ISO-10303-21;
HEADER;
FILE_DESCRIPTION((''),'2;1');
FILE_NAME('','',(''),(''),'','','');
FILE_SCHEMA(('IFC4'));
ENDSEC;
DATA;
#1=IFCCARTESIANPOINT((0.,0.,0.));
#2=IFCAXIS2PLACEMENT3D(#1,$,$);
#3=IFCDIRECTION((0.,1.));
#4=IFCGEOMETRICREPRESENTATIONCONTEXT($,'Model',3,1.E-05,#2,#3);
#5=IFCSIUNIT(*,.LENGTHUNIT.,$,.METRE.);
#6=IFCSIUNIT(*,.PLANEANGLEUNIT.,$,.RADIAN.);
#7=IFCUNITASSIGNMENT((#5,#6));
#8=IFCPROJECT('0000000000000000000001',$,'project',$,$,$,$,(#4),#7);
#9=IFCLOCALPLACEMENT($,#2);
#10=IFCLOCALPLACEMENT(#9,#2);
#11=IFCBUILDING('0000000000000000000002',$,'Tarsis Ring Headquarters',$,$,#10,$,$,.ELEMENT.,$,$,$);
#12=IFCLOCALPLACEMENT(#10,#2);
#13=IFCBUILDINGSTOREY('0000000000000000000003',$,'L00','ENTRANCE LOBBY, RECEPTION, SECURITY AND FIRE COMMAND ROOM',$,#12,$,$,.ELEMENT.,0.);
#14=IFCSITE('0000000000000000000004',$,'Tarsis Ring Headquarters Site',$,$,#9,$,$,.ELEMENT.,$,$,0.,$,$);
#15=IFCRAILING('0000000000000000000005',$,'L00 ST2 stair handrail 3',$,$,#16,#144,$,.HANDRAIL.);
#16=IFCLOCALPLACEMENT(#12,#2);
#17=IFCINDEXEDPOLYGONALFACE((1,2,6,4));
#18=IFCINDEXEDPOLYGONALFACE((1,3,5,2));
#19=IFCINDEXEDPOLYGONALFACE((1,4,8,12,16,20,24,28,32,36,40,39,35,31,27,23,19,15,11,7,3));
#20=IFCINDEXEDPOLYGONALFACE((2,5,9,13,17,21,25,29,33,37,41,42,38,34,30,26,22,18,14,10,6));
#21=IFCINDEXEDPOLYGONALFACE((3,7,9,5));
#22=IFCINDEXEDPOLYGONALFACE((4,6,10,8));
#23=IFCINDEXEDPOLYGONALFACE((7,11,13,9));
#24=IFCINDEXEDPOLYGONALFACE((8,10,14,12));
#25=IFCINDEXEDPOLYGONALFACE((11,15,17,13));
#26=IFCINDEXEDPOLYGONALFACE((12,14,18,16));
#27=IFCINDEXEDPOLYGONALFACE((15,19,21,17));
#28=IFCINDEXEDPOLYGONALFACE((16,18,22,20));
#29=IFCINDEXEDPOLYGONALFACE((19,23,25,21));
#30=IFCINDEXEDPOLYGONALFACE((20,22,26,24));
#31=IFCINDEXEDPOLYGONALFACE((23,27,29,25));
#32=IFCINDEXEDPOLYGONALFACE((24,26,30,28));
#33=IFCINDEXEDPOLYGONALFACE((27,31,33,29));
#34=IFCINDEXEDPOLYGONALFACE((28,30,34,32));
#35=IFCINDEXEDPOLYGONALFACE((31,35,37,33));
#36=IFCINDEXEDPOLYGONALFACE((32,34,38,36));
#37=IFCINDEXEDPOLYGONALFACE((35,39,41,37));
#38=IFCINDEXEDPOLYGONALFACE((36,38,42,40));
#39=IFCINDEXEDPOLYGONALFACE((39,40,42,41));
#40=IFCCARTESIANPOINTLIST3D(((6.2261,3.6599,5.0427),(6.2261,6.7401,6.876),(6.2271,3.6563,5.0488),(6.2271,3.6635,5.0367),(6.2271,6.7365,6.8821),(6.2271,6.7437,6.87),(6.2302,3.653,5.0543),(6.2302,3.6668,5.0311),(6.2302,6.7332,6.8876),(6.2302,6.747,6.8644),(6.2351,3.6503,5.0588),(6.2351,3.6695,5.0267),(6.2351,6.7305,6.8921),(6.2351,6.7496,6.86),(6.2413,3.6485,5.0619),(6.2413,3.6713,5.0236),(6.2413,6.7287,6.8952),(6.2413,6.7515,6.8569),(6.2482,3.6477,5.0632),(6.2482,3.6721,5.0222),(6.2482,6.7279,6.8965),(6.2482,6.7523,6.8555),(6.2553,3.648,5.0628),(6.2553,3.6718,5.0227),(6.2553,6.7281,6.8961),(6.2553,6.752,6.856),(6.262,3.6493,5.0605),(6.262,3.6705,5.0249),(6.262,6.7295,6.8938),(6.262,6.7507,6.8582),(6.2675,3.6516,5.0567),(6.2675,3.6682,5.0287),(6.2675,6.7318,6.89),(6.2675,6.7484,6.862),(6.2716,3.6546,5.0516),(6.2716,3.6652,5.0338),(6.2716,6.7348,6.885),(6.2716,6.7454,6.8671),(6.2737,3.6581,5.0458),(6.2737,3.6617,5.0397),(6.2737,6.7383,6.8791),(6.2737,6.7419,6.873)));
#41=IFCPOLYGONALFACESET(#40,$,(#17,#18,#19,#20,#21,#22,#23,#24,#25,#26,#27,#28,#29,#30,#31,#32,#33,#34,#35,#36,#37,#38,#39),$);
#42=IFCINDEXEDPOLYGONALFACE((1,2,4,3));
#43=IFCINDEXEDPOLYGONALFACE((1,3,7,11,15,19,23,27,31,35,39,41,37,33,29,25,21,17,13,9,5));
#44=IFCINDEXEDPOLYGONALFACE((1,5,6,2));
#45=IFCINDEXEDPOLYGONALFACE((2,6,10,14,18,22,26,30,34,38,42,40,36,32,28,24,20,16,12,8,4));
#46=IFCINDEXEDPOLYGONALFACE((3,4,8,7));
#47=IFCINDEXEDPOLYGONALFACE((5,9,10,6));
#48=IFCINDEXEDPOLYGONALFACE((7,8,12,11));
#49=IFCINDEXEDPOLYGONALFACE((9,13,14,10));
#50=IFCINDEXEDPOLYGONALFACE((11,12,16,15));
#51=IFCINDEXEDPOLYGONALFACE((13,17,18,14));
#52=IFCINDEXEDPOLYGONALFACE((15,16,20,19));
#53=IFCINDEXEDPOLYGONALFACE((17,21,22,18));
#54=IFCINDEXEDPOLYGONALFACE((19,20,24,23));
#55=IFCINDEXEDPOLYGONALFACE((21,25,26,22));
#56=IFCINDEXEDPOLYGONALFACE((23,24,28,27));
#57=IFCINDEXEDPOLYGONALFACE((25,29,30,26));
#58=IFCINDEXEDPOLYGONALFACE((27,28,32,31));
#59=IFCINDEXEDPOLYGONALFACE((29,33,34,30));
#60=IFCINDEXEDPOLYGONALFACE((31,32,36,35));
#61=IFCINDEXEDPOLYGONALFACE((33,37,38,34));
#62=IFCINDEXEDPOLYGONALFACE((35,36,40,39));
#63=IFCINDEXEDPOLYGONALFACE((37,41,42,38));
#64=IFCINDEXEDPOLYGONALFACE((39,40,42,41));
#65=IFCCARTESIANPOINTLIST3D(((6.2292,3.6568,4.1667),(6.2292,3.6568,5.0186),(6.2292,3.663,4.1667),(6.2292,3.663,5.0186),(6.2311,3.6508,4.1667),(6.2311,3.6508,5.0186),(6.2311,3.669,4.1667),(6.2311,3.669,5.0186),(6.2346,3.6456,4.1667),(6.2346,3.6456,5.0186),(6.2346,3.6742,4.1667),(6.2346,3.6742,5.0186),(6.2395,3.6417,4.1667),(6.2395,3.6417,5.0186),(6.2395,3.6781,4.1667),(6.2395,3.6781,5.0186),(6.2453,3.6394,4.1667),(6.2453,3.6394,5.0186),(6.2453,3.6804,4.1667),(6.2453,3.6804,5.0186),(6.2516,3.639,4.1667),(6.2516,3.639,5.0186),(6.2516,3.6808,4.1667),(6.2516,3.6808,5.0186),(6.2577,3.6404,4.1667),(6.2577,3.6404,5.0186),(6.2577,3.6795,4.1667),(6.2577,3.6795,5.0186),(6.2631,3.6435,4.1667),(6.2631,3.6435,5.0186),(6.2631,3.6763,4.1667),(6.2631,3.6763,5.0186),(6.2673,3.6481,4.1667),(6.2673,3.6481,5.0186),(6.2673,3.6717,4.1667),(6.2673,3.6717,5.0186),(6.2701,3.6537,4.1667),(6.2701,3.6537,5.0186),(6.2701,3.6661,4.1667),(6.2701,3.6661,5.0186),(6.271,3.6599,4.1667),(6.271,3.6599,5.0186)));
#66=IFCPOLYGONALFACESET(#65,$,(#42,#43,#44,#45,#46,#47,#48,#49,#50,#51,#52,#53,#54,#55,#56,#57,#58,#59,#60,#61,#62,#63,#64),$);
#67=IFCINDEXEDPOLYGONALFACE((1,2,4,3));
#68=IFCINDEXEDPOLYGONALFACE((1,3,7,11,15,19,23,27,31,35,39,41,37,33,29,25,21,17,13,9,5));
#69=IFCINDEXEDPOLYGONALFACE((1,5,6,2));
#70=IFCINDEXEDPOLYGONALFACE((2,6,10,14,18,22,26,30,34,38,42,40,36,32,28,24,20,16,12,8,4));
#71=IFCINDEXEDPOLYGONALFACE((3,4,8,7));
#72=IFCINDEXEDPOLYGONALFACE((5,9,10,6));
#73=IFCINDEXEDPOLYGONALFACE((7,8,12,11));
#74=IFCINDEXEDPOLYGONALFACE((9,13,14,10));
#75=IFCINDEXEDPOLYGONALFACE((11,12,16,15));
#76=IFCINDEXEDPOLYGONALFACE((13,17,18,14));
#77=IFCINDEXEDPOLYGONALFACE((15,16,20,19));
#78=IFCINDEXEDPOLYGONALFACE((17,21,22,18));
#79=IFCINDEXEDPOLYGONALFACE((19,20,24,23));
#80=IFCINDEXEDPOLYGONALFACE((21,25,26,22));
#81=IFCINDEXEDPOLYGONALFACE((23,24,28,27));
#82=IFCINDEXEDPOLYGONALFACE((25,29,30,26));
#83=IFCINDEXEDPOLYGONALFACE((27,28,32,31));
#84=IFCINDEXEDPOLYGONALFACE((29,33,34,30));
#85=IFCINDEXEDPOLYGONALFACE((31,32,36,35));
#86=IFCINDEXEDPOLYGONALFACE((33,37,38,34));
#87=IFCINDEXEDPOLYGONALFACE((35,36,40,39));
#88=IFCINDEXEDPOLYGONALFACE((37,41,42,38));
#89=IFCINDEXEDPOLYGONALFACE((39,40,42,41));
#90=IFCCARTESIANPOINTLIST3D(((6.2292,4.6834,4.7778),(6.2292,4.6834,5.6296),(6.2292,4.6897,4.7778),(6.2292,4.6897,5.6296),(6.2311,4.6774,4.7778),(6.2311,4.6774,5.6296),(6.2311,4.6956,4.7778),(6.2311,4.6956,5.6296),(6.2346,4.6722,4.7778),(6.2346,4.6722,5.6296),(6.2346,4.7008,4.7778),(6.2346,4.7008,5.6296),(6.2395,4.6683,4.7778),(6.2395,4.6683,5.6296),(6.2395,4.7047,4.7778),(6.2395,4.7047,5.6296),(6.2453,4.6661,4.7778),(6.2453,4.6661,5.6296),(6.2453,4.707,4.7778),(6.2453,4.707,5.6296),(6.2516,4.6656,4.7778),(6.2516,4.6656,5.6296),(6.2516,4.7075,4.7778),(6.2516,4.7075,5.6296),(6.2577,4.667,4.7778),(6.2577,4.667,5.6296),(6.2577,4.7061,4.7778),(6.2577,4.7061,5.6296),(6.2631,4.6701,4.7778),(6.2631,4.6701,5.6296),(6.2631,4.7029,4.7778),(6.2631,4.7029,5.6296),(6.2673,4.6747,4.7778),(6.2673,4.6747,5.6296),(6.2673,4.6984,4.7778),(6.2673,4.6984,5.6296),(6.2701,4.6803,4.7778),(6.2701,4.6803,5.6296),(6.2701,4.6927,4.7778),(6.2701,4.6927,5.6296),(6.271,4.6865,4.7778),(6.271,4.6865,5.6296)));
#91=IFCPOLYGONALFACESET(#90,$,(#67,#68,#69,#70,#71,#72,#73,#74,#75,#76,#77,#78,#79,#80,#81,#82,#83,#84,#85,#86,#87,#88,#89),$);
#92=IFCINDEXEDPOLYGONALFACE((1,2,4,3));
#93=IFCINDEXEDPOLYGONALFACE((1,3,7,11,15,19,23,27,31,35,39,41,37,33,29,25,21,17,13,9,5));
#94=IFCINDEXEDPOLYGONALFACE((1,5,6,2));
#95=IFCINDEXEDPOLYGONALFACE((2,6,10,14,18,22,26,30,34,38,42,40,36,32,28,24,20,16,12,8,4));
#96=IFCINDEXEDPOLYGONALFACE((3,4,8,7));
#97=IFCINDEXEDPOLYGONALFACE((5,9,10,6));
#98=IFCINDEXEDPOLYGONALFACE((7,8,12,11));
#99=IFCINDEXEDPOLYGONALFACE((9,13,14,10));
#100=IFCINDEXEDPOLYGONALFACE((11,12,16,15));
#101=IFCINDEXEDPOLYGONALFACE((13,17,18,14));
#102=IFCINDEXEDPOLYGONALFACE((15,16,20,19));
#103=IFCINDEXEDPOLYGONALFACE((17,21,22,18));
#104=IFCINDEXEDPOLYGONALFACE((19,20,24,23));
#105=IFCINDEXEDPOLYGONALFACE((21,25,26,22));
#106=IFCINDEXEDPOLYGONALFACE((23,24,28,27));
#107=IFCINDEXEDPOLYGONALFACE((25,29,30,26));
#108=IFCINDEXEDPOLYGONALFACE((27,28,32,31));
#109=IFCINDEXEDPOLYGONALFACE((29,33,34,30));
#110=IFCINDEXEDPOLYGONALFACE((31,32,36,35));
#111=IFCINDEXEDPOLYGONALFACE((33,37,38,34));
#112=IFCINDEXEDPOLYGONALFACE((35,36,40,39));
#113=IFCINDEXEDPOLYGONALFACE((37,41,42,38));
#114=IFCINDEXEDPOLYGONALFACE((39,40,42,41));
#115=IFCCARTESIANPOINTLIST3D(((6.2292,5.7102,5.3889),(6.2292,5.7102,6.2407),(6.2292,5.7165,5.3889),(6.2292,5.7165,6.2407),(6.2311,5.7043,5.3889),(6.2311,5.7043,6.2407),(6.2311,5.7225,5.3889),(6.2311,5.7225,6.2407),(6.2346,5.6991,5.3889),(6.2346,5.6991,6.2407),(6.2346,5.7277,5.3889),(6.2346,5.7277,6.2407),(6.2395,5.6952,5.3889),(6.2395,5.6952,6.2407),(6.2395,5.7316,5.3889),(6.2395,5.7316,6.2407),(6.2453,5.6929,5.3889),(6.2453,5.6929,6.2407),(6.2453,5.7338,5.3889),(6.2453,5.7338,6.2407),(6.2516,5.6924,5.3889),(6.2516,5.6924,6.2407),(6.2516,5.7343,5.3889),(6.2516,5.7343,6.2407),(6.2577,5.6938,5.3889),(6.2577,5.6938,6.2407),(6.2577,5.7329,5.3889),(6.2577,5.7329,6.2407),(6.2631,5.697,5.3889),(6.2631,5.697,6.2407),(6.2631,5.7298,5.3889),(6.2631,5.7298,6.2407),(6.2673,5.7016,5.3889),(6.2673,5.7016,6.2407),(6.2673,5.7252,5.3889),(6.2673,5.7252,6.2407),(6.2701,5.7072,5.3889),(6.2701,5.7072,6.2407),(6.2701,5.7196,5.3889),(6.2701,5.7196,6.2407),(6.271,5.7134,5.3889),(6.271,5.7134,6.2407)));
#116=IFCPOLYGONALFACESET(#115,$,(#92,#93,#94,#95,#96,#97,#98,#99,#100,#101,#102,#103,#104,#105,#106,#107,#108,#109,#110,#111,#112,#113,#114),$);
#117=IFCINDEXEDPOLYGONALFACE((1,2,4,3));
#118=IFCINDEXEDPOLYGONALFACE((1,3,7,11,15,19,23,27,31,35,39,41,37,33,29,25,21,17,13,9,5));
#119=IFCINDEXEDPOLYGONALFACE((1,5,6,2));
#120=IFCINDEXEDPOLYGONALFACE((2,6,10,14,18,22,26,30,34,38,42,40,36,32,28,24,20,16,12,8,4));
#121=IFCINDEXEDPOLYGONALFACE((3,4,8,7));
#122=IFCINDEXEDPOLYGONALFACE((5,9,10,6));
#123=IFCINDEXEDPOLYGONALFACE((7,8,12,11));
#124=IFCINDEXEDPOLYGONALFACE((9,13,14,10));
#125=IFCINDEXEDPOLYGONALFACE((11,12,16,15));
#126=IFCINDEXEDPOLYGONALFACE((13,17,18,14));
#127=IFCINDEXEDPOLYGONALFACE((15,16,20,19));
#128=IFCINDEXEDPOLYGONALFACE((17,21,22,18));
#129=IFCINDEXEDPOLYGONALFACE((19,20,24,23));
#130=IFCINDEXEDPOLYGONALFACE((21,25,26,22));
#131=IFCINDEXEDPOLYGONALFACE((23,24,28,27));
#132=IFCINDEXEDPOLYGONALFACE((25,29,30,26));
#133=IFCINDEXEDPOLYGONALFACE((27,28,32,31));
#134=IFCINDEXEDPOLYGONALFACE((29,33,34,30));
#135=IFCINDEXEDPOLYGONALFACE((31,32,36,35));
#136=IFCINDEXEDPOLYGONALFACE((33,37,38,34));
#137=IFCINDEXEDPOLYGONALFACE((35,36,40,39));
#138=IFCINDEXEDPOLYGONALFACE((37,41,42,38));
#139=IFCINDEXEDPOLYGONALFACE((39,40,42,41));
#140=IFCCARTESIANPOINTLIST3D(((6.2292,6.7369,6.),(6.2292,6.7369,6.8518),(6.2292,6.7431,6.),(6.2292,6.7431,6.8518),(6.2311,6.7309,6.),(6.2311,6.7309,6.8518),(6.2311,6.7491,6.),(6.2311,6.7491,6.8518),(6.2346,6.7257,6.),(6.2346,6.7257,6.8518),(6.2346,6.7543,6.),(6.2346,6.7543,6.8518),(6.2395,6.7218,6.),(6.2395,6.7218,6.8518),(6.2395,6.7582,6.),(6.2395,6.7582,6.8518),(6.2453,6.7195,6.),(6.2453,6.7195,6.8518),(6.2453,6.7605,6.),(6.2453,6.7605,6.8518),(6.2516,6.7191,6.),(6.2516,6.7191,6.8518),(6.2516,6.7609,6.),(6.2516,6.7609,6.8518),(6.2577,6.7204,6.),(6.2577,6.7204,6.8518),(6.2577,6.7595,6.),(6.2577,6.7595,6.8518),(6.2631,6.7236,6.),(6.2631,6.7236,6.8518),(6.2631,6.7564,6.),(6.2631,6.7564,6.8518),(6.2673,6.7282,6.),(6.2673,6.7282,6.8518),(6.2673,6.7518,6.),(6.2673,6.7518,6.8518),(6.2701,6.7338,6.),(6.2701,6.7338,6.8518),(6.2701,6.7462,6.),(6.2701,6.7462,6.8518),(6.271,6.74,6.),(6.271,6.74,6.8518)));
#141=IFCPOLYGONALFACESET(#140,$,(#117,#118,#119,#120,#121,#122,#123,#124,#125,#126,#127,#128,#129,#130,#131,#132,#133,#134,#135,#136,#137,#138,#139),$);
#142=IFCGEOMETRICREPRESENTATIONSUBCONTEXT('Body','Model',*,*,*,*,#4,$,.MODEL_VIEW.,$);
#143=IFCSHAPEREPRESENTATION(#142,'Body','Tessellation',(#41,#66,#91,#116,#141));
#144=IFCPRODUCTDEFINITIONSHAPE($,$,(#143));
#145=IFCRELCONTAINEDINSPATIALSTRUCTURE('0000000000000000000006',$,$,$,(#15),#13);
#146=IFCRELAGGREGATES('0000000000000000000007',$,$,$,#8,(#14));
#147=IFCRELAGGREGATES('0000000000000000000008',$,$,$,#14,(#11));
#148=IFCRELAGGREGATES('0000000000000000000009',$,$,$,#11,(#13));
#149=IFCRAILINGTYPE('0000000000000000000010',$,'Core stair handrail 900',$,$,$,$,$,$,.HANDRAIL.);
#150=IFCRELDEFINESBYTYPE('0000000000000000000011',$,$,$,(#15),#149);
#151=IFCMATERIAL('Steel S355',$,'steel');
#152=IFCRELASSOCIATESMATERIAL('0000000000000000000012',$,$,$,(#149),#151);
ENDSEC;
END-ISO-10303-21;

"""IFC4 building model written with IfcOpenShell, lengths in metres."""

from ifc_helpers import new_model, si_unit, direction, frame, origin, origin_2d, place, context, subcontext, project, spatial, circle, extrude, material, type_object, element, save


model = new_model("IFC4")

# Units and contexts
model_context = context("Model", 3, precision=1e-05, world=origin(), true_north=direction((0.0, 1.0)))
body_context = subcontext(model_context, "Body", "Model", "MODEL_VIEW")
ifc_project = project(units=[si_unit("LENGTHUNIT", "METRE"), si_unit("PLANEANGLEUNIT", "RADIAN")], contexts=[model_context])

# Site, building, storey
site_placement = place(None, origin())
site = spatial("IfcSite", under=ifc_project, at=site_placement, Name="Tarsis Ring Headquarters Site", CompositionType="ELEMENT", RefElevation=0.0)
building_placement = place(site_placement, origin())
building = spatial("IfcBuilding", under=site, at=building_placement, Name="Tarsis Ring Headquarters", CompositionType="ELEMENT")
storey_placement = place(building_placement, origin())
storey = spatial("IfcBuildingStorey", under=building, at=storey_placement, Name="L00", Description="ENTRANCE LOBBY, RECEPTION, SECURITY AND FIRE COMMAND ROOM", CompositionType="ELEMENT", Elevation=0.0)

# Railing
ifc_material_1 = material(Name="Steel S355", Category="steel")
railing_type_1 = type_object("IfcRailingType", Name="Core stair handrail 900", PredefinedType="HANDRAIL", material=ifc_material_1)
for number, where, name in (
    (1, (6.25, 3.6599, 4.1667), "L00 ST2 stair handrail 3"),
):
    element("IfcRailing", number, at=place(storey_placement, frame(where)), inside=storey, type_object=railing_type_1, Name=name, PredefinedType="HANDRAIL", context=body_context, shape_type="SweptSolid", body=[
        extrude(circle(Radius=0.0239, at=origin_2d()), frame((0.0, 0.0, 0.876), z_axis=(0.0, 0.859309, 0.511458), x_axis=(-1.0, 0.0, 0.0)), (0.0, 0.0, 1.0), 3.5845),
        extrude(circle(Radius=0.021, at=origin_2d()), origin(), (0.0, 0.0, 1.0), 0.8518),
        extrude(circle(Radius=0.021, at=origin_2d()), frame((0.0, 1.0266, 0.6111)), (0.0, 0.0, 1.0), 0.8518),
        extrude(circle(Radius=0.021, at=origin_2d()), frame((0.0, 2.0535, 1.2222)), (0.0, 0.0, 1.0), 0.8518),
        extrude(circle(Radius=0.021, at=origin_2d()), frame((0.0, 3.0801, 1.8333)), (0.0, 0.0, 1.0), 0.8518),
    ])

save(model, "model.ifc")
